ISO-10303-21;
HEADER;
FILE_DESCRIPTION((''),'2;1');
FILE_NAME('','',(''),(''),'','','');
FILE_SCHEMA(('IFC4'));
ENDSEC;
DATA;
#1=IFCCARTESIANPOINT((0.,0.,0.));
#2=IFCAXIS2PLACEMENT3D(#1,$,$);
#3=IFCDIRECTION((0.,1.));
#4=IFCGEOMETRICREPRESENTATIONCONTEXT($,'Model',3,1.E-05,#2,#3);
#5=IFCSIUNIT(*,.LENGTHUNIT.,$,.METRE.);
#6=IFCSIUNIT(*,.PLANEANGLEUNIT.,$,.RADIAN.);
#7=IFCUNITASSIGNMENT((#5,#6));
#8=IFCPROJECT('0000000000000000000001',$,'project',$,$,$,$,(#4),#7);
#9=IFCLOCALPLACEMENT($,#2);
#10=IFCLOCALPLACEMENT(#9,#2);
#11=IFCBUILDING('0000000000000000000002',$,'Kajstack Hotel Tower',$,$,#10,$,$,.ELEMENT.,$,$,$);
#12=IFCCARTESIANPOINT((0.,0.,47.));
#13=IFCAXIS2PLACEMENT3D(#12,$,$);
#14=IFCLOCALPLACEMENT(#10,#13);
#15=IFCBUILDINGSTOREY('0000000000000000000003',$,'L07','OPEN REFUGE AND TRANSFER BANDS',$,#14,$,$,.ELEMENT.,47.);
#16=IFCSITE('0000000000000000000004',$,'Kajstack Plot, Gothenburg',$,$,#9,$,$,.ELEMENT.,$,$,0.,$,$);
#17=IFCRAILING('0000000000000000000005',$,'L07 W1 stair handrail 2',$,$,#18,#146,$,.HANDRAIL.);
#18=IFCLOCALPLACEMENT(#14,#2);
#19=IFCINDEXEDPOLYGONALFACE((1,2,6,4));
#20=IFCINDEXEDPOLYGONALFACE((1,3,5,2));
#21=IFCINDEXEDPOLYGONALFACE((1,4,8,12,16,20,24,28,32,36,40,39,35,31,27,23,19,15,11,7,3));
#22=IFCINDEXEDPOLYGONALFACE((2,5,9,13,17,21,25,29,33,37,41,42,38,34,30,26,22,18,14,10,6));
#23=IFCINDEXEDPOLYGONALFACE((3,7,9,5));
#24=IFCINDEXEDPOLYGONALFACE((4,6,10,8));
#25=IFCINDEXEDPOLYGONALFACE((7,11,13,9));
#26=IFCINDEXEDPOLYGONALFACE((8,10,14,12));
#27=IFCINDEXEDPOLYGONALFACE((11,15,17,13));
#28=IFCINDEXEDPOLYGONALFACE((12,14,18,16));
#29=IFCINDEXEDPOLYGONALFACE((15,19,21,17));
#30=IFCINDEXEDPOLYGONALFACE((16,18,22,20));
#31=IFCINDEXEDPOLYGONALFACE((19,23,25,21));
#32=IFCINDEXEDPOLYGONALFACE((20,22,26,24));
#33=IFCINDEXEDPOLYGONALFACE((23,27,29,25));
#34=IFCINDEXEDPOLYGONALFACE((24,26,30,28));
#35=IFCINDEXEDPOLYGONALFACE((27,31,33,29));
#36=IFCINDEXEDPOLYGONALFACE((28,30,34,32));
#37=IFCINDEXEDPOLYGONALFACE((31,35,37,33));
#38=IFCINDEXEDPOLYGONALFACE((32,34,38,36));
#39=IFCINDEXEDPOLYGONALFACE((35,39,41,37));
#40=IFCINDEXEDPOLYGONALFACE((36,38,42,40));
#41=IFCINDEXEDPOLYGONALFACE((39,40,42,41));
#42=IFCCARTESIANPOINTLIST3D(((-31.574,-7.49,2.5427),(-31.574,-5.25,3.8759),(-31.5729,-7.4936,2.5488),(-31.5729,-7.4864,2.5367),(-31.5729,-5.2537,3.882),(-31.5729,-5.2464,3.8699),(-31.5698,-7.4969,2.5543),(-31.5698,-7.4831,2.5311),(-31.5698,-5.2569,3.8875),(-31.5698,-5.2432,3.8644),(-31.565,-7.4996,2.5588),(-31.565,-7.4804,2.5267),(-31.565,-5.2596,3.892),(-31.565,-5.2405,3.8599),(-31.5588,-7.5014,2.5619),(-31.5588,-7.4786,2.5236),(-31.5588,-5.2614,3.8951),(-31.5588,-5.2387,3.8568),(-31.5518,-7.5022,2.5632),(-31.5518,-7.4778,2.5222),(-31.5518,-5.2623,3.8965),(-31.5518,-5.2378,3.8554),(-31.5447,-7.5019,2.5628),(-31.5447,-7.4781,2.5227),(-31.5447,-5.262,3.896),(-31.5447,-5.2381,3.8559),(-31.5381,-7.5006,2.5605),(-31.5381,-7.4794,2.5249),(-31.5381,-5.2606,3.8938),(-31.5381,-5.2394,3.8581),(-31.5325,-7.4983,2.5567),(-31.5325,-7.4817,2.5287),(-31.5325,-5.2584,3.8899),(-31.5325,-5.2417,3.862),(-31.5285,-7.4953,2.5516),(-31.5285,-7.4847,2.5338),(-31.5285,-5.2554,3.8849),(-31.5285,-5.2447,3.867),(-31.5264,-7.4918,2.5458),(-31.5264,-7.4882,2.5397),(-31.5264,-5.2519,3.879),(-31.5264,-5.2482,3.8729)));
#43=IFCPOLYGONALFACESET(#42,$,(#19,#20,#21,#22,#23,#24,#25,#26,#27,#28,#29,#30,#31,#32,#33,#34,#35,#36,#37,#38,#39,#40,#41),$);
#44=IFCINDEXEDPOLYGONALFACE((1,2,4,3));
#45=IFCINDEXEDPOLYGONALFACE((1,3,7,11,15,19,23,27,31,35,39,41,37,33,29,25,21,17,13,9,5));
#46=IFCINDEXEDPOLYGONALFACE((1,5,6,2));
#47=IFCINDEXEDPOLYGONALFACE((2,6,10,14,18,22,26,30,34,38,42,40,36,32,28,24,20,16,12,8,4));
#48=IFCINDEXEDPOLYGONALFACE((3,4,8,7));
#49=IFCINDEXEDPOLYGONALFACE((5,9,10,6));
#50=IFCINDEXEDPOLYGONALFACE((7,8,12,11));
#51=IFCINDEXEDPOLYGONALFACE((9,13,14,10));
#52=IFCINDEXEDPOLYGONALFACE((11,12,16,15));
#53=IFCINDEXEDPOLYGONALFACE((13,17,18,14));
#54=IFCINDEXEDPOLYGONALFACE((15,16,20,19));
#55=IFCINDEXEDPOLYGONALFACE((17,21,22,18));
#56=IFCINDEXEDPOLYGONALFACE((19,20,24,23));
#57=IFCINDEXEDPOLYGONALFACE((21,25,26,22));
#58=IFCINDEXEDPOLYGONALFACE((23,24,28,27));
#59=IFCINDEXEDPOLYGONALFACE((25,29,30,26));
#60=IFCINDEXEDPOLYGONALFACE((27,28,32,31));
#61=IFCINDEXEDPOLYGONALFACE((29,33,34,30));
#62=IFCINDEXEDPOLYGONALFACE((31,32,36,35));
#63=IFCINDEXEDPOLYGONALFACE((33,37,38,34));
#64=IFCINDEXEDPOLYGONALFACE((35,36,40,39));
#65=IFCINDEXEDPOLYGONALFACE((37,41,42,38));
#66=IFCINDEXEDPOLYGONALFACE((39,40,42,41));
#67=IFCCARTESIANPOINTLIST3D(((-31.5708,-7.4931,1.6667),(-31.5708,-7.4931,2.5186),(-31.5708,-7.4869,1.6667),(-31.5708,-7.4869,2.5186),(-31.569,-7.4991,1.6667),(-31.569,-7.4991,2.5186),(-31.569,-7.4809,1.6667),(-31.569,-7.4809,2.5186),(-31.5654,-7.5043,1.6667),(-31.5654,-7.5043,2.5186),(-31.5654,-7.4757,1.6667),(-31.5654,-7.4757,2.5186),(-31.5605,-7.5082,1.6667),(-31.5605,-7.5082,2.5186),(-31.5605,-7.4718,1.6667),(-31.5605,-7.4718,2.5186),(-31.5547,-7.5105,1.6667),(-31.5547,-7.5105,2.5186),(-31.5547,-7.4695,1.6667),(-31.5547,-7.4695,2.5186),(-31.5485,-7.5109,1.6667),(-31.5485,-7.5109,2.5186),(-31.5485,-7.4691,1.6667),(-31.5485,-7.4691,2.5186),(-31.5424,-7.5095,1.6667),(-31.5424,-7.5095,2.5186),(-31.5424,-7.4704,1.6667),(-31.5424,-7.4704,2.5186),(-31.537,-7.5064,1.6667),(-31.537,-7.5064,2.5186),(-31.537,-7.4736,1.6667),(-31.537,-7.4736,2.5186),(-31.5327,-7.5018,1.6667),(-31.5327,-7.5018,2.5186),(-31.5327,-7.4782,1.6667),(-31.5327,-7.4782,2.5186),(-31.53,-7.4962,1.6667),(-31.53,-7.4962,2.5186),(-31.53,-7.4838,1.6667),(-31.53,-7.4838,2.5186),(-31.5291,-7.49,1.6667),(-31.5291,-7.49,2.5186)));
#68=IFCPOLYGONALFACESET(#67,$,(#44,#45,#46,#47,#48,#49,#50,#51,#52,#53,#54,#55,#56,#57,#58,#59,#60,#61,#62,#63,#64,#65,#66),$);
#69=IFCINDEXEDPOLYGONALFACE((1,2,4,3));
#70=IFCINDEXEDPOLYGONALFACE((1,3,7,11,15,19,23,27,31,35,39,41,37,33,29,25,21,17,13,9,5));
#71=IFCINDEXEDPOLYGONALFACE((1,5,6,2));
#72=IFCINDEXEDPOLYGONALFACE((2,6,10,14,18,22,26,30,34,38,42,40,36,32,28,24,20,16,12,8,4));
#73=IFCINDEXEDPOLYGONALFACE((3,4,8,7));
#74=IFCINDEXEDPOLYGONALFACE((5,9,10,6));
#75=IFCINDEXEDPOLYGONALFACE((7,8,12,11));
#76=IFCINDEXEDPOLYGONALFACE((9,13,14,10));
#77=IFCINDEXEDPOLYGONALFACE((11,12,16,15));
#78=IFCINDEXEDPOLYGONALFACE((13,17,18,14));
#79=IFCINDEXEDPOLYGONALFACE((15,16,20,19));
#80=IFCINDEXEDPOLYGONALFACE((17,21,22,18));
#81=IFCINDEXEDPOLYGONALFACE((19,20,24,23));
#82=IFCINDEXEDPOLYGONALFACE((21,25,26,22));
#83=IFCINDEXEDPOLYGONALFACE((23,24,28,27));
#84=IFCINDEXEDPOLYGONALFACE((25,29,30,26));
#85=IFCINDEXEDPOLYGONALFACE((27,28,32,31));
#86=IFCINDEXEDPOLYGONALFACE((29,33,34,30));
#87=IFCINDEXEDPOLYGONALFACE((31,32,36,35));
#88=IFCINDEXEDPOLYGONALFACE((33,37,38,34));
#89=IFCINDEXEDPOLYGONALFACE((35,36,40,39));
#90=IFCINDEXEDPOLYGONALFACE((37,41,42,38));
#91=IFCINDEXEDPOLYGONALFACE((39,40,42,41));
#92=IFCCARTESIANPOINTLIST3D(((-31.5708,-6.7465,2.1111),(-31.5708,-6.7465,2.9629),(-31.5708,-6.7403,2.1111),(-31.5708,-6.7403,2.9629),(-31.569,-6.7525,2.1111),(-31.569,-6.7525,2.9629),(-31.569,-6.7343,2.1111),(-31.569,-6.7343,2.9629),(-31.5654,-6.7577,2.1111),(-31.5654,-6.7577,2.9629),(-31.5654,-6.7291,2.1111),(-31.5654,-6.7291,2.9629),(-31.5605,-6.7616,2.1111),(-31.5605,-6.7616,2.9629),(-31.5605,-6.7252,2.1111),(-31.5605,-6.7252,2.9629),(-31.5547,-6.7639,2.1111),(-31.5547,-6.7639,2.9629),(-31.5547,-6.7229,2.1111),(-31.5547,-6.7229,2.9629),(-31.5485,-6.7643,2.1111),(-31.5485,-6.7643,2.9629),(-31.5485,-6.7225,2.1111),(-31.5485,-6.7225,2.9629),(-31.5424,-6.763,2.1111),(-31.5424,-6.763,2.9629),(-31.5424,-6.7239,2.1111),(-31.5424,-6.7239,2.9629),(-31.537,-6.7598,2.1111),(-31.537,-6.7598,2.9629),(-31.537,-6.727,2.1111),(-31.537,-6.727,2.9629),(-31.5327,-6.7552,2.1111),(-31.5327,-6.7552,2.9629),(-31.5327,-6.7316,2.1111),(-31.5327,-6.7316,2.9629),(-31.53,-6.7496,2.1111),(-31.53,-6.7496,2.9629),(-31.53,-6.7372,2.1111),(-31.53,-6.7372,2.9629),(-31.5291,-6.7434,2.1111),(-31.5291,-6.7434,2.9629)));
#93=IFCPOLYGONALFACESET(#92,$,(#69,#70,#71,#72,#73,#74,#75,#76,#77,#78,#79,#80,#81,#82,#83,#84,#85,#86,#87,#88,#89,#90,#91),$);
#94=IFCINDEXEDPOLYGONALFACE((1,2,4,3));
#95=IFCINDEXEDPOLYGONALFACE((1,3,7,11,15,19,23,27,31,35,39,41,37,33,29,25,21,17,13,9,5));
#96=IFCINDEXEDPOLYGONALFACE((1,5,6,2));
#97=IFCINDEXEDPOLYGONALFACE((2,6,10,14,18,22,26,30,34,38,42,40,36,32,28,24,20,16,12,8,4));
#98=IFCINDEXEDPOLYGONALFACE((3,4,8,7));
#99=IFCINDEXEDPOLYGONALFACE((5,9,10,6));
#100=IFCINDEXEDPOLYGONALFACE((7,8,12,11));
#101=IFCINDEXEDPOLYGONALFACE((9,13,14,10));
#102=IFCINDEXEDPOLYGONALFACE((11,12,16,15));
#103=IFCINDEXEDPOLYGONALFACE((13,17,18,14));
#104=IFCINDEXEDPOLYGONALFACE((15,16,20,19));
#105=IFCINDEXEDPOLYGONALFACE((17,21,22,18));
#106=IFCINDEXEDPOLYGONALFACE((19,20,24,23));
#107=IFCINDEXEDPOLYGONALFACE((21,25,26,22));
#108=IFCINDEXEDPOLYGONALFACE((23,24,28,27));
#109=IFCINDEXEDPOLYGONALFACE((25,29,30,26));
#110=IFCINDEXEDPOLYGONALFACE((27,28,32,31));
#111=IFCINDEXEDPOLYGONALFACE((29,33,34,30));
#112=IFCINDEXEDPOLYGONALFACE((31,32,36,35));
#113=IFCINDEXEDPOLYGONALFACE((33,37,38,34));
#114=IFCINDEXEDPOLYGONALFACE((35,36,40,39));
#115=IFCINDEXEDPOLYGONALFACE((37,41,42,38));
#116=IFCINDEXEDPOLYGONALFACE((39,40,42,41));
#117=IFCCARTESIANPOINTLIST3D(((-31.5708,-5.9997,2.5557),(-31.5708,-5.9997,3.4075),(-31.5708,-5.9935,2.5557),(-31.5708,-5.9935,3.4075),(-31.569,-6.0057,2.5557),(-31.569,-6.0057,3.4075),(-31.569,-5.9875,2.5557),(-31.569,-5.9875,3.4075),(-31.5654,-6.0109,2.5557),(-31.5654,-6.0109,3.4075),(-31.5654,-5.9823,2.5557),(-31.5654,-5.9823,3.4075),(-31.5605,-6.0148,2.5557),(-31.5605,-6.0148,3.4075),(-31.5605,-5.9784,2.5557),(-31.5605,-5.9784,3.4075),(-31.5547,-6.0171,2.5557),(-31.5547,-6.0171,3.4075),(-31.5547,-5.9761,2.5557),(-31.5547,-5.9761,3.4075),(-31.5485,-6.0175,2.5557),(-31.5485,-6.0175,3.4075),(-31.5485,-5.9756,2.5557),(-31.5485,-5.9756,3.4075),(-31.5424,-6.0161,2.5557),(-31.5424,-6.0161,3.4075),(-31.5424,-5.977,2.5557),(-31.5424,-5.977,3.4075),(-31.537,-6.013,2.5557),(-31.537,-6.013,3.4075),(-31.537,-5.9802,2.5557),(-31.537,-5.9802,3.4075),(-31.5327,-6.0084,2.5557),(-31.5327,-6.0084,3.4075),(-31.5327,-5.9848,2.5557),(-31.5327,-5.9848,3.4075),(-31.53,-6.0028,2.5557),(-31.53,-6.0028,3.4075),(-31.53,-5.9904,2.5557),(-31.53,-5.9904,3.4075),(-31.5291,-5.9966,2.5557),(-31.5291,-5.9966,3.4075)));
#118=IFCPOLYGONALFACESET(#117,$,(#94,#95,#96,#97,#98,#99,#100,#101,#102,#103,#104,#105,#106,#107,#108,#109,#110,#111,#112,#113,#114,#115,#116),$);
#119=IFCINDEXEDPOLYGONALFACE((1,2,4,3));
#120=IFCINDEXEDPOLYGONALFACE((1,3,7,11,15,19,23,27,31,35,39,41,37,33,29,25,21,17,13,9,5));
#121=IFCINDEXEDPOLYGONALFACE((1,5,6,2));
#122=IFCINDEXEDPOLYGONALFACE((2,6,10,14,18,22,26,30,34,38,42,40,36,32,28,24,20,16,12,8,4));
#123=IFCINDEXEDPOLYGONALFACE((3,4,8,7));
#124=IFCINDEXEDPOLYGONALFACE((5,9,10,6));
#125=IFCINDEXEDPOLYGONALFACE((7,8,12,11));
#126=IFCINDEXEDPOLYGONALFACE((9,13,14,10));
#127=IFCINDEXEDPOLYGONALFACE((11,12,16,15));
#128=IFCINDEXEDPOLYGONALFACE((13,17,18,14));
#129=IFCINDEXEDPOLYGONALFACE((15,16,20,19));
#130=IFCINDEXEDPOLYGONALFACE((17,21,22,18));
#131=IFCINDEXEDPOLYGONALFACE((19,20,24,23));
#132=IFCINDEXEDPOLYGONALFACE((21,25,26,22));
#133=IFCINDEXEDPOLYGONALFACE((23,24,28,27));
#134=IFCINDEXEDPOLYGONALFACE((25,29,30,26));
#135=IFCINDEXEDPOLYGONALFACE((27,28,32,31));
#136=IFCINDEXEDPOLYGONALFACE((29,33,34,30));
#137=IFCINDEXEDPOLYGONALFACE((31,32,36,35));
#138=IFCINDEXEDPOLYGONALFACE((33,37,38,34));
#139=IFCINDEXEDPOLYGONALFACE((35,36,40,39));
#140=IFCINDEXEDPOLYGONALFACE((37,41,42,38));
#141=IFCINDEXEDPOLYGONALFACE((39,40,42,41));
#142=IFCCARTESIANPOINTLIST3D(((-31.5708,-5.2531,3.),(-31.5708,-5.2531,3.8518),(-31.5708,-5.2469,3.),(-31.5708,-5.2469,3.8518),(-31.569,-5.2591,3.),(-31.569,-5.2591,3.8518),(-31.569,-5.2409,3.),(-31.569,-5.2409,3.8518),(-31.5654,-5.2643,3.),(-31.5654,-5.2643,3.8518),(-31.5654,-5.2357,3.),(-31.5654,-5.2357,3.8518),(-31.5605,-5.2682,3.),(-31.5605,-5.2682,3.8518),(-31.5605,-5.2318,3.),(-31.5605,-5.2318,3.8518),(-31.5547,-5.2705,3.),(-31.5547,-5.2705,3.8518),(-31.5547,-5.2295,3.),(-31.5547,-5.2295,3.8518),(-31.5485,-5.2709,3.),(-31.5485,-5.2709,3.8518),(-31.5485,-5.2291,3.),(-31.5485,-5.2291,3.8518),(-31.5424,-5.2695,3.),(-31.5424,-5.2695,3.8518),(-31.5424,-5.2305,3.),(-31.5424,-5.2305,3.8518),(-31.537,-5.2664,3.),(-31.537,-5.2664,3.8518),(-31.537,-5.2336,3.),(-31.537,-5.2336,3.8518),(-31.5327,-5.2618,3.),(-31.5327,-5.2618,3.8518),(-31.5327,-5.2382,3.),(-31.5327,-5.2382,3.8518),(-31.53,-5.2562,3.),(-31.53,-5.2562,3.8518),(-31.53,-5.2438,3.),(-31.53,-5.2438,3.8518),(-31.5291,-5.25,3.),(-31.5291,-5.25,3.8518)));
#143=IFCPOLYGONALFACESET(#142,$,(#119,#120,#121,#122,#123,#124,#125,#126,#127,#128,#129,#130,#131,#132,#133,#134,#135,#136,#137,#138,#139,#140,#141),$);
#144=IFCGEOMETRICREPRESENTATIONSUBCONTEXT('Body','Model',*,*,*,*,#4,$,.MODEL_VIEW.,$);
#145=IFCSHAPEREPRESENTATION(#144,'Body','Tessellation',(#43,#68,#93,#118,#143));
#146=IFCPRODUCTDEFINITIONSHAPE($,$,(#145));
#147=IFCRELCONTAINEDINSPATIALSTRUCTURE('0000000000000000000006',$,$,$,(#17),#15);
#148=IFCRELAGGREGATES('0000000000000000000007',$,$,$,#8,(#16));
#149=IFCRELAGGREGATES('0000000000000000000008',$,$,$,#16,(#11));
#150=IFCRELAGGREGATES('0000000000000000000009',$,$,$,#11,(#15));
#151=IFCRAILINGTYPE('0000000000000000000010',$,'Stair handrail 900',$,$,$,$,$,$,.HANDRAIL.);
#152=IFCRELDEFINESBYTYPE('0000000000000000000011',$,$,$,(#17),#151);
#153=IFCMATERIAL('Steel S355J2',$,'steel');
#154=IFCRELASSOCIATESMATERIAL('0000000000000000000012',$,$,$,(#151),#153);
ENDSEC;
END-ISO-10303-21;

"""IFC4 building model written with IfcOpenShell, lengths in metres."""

from ifc_helpers import new_model, si_unit, direction, frame, origin, origin_2d, place, context, subcontext, project, spatial, circle, extrude, material, type_object, element, save


model = new_model("IFC4")

# Units and contexts
model_context = context("Model", 3, precision=1e-05, world=origin(), true_north=direction((0.0, 1.0)))
body_context = subcontext(model_context, "Body", "Model", "MODEL_VIEW")
ifc_project = project(units=[si_unit("LENGTHUNIT", "METRE"), si_unit("PLANEANGLEUNIT", "RADIAN")], contexts=[model_context])

# Site, building, storey
site_placement = place(None, origin())
site = spatial("IfcSite", under=ifc_project, at=site_placement, Name="Kajstack Plot, Gothenburg", CompositionType="ELEMENT", RefElevation=0.0)
building_placement = place(site_placement, origin())
building = spatial("IfcBuilding", under=site, at=building_placement, Name="Kajstack Hotel Tower", CompositionType="ELEMENT")
storey_placement = place(building_placement, frame((0.0, 0.0, 47.0)))
storey = spatial("IfcBuildingStorey", under=building, at=storey_placement, Name="L07", Description="OPEN REFUGE AND TRANSFER BANDS", CompositionType="ELEMENT", Elevation=47.0)

# Railing
ifc_material_1 = material(Name="Steel S355J2", Category="steel")
railing_type_1 = type_object("IfcRailingType", Name="Stair handrail 900", PredefinedType="HANDRAIL", material=ifc_material_1)
for number, where, name in (
    (1, (-31.55, -7.49, 1.6667), "L07 W1 stair handrail 2"),
):
    element("IfcRailing", number, at=place(storey_placement, frame(where)), inside=storey, type_object=railing_type_1, Name=name, PredefinedType="HANDRAIL", context=body_context, shape_type="SweptSolid", body=[
        extrude(circle(Radius=0.0239, at=origin_2d()), frame((0.0, 0.0, 0.876), z_axis=(0.0, 0.859306, 0.511462), x_axis=(-1.0, 0.0, 0.0)), (0.0, 0.0, 1.0), 2.6067),
        extrude(circle(Radius=0.021, at=origin_2d()), origin(), (0.0, 0.0, 1.0), 0.8518),
        extrude(circle(Radius=0.021, at=origin_2d()), frame((0.0, 0.7466, 0.4443)), (0.0, 0.0, 1.0), 0.8518),
        extrude(circle(Radius=0.021, at=origin_2d()), frame((0.0, 1.4934, 0.8889)), (0.0, 0.0, 1.0), 0.8518),
        extrude(circle(Radius=0.021, at=origin_2d()), frame((0.0, 2.24, 1.3333)), (0.0, 0.0, 1.0), 0.8518),
    ])

save(model, "model.ifc")
